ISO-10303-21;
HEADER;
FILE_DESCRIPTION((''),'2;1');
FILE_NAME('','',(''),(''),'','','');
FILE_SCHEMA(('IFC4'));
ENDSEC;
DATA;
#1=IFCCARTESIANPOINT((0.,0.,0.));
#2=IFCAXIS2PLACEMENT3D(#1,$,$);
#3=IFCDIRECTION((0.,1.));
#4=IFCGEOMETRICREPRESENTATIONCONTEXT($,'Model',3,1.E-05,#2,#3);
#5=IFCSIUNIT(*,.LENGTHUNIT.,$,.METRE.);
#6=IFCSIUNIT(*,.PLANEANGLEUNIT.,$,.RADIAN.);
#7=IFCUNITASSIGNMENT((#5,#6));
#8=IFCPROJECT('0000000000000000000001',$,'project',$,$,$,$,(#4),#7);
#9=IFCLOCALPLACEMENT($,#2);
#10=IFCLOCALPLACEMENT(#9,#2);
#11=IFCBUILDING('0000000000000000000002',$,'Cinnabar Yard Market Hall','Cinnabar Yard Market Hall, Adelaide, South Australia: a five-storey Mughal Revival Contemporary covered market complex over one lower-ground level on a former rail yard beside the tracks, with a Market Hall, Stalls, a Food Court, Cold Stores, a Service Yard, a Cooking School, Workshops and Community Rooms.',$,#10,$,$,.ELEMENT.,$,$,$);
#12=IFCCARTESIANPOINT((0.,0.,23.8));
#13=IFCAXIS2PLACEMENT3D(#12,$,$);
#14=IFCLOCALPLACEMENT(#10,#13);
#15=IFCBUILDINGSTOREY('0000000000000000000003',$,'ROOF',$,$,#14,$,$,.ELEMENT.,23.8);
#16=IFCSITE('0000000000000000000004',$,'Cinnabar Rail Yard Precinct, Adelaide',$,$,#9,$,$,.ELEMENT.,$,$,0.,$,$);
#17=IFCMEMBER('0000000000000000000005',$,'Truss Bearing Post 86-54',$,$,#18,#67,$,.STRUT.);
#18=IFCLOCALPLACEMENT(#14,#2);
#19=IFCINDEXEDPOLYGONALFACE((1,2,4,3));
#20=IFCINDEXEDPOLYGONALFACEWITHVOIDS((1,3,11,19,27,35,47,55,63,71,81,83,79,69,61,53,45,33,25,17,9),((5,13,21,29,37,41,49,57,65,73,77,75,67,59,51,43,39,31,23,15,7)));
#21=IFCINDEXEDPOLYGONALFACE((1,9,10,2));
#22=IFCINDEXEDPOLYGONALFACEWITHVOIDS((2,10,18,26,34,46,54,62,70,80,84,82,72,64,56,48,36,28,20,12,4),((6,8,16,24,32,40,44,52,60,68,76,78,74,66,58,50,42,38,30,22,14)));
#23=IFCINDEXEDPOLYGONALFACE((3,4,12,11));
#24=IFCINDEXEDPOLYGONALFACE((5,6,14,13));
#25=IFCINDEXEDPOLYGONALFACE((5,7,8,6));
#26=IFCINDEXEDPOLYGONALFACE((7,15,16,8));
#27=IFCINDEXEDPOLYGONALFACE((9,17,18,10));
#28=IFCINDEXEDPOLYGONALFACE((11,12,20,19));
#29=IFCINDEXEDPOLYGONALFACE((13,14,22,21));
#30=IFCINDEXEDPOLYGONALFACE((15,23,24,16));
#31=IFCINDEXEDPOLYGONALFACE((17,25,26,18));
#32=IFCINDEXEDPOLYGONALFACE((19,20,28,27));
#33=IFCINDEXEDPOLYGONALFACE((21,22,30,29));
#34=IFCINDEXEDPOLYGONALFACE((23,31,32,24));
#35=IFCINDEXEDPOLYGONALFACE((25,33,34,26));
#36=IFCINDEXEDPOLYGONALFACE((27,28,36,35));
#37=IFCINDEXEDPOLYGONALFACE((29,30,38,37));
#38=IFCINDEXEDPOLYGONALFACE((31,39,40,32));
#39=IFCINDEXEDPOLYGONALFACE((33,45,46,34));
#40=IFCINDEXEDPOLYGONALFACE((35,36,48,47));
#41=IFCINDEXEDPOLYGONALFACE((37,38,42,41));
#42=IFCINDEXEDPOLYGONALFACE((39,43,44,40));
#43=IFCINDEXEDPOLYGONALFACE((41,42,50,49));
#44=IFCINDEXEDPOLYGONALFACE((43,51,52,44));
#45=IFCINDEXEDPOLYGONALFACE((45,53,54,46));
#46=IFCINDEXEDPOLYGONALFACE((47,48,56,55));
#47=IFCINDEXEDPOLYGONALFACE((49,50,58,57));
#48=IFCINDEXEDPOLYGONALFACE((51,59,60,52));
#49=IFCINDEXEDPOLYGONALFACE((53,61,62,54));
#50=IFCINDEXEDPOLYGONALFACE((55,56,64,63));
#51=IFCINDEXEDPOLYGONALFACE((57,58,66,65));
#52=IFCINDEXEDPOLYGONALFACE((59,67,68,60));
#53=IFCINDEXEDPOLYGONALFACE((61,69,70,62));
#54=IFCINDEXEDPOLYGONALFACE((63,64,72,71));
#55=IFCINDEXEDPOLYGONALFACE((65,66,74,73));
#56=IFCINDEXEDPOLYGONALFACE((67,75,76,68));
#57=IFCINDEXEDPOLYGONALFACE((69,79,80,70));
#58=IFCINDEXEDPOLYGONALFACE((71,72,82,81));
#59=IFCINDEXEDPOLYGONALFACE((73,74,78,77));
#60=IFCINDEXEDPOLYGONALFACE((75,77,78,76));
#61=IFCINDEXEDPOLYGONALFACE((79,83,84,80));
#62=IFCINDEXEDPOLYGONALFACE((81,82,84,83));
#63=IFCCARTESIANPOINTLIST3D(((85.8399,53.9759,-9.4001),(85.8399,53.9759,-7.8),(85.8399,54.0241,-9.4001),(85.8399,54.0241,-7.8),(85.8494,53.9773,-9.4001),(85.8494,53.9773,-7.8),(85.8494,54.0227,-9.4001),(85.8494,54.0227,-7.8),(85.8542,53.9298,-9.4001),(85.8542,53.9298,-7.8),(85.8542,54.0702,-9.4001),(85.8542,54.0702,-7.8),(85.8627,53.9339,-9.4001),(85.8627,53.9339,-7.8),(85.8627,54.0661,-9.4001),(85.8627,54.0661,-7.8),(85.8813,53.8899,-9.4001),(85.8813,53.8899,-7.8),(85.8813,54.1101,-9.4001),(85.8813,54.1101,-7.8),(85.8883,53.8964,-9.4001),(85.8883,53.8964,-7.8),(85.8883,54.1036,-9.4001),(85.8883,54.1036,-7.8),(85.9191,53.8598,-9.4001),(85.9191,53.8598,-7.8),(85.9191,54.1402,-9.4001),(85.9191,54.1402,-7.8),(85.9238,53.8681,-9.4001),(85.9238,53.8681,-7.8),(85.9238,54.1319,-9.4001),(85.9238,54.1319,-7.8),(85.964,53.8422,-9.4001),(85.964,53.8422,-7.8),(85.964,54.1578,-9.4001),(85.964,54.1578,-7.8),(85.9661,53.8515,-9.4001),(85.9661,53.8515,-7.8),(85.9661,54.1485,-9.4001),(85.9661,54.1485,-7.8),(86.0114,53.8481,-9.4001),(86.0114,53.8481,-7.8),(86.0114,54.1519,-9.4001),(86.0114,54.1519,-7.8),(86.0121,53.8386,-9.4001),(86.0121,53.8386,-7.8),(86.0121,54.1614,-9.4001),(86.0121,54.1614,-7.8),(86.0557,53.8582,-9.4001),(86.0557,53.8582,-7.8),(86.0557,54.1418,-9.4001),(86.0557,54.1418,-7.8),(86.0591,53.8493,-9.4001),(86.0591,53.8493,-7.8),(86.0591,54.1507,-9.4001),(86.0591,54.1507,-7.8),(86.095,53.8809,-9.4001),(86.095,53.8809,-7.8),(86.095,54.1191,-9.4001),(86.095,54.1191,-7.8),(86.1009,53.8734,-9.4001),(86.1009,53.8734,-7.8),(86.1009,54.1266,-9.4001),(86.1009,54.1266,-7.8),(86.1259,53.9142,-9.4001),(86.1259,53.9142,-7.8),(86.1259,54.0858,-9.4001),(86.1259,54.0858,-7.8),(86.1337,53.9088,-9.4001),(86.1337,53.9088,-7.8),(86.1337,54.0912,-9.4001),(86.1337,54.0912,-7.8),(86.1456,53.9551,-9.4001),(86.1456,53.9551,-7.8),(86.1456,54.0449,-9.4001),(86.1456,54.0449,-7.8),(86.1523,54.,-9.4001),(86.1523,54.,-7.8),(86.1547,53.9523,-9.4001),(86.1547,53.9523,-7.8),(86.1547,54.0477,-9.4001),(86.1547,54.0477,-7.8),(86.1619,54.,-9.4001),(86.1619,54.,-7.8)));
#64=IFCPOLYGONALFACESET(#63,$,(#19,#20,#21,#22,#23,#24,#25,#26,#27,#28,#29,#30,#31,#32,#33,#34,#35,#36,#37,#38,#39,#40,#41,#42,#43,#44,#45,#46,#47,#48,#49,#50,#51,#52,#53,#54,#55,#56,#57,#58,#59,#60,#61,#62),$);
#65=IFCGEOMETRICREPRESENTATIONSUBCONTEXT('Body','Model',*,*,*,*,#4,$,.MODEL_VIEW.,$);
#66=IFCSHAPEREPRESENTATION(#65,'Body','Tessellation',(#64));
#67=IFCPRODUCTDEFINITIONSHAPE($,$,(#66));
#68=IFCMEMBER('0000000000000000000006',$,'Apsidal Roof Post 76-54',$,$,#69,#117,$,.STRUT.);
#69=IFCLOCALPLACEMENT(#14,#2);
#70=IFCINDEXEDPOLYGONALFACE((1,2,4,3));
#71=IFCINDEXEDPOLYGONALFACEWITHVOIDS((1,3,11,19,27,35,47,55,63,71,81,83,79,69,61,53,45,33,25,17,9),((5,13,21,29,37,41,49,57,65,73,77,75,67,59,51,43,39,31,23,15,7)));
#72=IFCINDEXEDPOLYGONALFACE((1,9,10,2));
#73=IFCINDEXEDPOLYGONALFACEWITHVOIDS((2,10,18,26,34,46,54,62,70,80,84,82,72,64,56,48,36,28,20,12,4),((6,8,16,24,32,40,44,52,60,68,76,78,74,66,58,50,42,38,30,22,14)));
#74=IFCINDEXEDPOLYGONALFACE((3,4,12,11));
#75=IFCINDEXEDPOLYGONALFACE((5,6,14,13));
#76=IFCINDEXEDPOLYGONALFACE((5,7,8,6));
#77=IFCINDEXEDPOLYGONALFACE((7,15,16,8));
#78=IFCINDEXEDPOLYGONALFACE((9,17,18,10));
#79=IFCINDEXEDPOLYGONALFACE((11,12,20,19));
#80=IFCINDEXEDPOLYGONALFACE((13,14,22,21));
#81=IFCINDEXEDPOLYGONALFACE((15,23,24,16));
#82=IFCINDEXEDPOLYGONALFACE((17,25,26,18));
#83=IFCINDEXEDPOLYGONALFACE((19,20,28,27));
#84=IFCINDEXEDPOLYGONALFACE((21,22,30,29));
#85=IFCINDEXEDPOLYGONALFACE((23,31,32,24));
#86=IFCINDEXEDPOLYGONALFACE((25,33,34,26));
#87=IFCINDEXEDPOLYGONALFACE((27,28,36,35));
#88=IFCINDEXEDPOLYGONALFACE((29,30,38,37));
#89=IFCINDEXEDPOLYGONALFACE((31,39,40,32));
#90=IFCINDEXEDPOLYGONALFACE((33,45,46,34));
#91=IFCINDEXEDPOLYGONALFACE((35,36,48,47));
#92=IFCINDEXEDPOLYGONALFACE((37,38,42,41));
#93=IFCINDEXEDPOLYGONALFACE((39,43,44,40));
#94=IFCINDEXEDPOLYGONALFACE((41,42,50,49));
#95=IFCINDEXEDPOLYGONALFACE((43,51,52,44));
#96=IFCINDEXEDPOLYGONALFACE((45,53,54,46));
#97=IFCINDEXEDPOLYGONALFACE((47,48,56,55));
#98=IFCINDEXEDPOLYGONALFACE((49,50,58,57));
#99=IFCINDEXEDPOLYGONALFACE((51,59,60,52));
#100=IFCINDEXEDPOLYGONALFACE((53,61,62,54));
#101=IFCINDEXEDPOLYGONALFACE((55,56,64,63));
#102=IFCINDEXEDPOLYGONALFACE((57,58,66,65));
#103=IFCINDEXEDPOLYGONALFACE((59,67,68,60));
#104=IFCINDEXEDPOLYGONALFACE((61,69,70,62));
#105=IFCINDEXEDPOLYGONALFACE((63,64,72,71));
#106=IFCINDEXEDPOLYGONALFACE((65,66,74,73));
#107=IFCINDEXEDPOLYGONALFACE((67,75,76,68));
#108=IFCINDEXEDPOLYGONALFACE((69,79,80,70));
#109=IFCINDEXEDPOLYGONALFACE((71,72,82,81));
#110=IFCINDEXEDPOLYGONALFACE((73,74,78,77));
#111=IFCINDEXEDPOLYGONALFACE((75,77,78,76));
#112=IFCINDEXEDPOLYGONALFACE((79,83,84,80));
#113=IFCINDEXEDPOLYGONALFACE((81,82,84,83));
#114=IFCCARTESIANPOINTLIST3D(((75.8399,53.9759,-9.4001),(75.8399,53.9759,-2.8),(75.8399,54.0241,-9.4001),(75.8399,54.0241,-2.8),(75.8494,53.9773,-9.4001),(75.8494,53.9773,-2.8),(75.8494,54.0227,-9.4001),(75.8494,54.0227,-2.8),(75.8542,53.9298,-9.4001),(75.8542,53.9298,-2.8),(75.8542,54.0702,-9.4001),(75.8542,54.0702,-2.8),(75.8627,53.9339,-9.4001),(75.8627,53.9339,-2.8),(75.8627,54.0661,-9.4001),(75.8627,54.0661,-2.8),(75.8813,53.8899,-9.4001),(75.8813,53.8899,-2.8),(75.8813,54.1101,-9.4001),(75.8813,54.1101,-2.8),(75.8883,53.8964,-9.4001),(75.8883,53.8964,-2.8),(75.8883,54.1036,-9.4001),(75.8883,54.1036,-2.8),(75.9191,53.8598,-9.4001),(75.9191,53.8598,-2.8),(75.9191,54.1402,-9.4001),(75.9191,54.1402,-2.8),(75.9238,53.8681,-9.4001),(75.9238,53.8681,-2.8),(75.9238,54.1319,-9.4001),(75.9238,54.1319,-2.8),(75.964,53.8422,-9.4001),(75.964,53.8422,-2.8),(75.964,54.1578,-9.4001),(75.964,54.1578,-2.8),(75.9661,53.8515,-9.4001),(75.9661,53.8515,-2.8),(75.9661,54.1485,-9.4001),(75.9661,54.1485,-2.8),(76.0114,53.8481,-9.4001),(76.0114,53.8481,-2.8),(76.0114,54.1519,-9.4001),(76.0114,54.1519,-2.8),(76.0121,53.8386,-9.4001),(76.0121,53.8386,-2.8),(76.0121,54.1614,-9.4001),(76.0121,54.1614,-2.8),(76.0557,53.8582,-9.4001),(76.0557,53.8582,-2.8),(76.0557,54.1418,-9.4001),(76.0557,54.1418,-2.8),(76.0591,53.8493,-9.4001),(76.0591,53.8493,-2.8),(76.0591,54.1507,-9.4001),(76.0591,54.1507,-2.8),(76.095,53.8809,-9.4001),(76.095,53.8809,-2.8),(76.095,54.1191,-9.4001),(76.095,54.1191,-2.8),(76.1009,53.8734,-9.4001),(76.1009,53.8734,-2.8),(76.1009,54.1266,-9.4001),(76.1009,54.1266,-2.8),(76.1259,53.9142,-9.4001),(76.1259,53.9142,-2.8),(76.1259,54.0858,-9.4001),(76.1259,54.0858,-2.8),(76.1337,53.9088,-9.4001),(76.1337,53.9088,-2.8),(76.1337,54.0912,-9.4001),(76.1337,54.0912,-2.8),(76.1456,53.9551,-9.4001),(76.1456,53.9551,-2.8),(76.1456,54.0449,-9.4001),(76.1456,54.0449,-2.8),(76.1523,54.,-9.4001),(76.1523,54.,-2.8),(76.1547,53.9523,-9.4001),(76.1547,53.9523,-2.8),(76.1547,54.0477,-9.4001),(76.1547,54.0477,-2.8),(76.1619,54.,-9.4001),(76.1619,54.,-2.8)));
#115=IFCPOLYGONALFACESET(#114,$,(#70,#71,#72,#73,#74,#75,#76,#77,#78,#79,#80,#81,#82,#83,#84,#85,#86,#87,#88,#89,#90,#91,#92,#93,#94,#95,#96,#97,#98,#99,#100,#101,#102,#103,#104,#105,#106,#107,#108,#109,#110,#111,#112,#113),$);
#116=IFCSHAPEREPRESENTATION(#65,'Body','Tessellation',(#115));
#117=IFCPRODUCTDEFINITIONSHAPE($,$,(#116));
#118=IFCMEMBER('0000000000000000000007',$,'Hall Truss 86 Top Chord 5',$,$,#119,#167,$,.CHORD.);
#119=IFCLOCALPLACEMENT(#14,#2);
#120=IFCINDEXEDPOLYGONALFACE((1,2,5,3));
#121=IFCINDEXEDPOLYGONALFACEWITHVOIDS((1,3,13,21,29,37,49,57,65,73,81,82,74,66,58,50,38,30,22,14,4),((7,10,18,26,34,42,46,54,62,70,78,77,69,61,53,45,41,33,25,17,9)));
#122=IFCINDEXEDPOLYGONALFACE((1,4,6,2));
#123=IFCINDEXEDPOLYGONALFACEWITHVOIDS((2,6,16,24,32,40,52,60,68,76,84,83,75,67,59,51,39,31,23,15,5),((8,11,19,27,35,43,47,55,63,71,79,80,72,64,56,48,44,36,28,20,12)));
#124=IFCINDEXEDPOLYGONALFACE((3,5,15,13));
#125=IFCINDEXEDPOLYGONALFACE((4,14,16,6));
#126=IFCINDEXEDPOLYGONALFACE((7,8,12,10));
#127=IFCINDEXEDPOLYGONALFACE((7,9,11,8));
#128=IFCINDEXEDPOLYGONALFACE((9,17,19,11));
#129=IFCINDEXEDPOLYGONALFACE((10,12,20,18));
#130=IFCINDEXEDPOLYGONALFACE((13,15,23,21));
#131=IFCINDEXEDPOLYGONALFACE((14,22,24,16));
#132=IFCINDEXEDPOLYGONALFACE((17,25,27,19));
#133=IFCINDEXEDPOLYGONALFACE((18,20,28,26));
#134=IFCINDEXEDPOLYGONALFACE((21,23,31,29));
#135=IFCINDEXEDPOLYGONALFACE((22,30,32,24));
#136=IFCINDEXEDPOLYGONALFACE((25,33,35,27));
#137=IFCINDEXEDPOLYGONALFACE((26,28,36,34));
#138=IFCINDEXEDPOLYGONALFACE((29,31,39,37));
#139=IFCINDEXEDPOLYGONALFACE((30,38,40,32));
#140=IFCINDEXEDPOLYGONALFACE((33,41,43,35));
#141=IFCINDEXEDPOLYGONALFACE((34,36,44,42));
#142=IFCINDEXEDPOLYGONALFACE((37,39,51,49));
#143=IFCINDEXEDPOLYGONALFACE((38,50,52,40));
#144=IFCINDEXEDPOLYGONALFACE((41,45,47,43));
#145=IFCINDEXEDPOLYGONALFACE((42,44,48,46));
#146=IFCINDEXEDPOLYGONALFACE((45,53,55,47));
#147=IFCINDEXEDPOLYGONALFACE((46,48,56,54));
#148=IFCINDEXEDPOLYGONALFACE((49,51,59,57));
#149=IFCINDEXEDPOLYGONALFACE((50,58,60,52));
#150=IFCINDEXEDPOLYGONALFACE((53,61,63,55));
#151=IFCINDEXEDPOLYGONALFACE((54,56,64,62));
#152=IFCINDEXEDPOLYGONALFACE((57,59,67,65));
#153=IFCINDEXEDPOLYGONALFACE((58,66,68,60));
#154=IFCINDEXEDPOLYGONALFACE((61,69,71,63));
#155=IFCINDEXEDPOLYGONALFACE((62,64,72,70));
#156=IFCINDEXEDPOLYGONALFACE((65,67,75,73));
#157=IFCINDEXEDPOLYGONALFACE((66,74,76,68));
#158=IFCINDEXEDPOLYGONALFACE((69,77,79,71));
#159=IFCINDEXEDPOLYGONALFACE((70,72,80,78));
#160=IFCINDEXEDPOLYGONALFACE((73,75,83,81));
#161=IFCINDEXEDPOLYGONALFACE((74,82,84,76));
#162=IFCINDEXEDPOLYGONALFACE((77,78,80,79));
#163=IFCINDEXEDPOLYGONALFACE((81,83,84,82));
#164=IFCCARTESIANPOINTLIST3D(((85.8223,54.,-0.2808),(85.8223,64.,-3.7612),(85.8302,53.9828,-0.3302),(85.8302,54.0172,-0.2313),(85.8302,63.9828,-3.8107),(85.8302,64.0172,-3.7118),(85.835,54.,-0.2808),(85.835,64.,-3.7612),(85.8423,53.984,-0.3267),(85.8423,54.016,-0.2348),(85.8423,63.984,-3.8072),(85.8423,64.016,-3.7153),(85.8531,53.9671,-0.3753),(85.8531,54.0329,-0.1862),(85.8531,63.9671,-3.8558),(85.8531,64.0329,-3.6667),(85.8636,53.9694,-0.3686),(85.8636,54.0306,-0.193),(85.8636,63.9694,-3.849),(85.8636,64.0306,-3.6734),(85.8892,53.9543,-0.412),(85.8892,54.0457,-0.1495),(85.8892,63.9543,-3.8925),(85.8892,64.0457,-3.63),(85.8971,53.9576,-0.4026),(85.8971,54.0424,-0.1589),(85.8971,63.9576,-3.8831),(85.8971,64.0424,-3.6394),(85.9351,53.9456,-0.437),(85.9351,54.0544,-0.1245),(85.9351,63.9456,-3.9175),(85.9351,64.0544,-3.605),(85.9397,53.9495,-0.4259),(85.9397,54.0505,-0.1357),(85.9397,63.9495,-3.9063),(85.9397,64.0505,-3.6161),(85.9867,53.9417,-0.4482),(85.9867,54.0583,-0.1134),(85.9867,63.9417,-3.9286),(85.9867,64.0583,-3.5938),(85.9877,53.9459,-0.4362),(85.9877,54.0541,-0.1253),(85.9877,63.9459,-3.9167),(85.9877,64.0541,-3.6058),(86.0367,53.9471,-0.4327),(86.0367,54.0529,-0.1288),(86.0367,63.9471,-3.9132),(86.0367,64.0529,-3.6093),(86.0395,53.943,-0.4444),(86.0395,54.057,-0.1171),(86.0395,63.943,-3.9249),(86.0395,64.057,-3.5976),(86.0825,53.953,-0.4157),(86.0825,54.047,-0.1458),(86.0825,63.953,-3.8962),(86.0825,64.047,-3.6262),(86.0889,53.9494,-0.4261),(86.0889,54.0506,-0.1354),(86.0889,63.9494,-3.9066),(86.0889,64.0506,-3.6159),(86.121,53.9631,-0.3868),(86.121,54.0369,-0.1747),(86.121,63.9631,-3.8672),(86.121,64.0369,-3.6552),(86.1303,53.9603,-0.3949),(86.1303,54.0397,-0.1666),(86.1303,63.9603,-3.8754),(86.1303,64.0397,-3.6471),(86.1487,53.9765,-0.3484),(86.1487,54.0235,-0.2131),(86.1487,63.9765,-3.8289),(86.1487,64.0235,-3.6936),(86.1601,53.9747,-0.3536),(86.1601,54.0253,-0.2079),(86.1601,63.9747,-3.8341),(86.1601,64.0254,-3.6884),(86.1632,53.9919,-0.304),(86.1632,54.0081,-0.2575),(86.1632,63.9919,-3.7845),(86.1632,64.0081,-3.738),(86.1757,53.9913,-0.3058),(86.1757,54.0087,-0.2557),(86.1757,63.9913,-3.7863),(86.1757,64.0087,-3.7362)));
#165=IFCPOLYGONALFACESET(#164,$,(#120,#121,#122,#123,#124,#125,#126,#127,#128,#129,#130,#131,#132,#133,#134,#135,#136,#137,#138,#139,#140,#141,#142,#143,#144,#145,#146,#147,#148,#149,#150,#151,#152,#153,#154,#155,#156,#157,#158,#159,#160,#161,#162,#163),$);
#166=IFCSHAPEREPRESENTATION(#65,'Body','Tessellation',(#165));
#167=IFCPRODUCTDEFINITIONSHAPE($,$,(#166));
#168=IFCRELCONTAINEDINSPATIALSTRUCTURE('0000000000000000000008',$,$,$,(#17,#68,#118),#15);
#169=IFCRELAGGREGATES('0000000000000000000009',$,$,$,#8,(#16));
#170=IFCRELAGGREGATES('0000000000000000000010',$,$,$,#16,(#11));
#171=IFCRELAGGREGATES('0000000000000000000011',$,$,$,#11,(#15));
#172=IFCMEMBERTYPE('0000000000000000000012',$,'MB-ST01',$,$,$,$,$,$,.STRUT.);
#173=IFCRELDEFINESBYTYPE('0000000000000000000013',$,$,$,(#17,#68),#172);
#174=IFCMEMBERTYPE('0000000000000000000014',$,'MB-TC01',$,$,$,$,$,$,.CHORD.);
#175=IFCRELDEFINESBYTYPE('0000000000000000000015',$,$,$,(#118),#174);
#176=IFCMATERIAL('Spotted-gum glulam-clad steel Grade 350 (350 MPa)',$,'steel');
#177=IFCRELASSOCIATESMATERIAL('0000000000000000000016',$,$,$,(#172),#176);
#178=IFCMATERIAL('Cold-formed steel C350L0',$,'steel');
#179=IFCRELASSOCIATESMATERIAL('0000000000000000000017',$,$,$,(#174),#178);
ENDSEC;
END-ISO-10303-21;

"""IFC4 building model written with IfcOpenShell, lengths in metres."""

from ifc_helpers import new_model, si_unit, direction, frame, origin, origin_2d_with_axis, place, context, subcontext, project, spatial, hollow_circle, extrude, material, material_profile, profile_set, type_object, element, save


model = new_model("IFC4")

# Units and contexts
model_context = context("Model", 3, precision=1e-05, world=origin(), true_north=direction((0.0, 1.0)))
body_context = subcontext(model_context, "Body", "Model", "MODEL_VIEW")
ifc_project = project(units=[si_unit("LENGTHUNIT", "METRE"), si_unit("PLANEANGLEUNIT", "RADIAN")], contexts=[model_context])

# Site, building, storey
site_placement = place(None, origin())
site = spatial("IfcSite", under=ifc_project, at=site_placement, Name="Cinnabar Rail Yard Precinct, Adelaide", CompositionType="ELEMENT", RefElevation=0.0)
building_placement = place(site_placement, origin())
building = spatial("IfcBuilding", under=site, at=building_placement, Name="Cinnabar Yard Market Hall", Description="Cinnabar Yard Market Hall, Adelaide, South Australia: a five-storey Mughal Revival Contemporary covered market complex over one lower-ground level on a former rail yard beside the tracks, with a Market Hall, Stalls, a Food Court, Cold Stores, a Service Yard, a Cooking School, Workshops and Community Rooms.", CompositionType="ELEMENT")
storey_placement = place(building_placement, frame((0.0, 0.0, 23.8)))
storey = spatial("IfcBuildingStorey", under=building, at=storey_placement, Name="ROOF", CompositionType="ELEMENT", Elevation=23.8)

# Members
ifc_material_1 = material(Name="Cold-formed steel C350L0", Category="steel")
ifc_material_2 = material(Name="Spotted-gum glulam-clad steel Grade 350 (350 MPa)", Category="steel")
ifc_material_profile_1 = material_profile(ifc_material_2, hollow_circle(Radius=0.1619, WallThickness=0.0095, at=origin_2d_with_axis()), Name="323.9x9.5CHS")
ifc_profile_set_1 = profile_set([ifc_material_profile_1], Name="Spotted-gum glulam-clad steel Grade 350 (350 MPa)")
member_type_1 = type_object("IfcMemberType", Name="MB-ST01", PredefinedType="STRUT", material=ifc_profile_set_1)
member_1_placement = place(storey_placement, frame((86.0, 54.0, -9.4001), z_axis=(0.0, 0.0, 1.0), x_axis=(1.0, 0.0, 0.0)))
element("IfcMember", 1, at=member_1_placement, inside=storey, type_object=member_type_1, Name="Truss Bearing Post 86-54", PredefinedType="STRUT", context=body_context, shape_type="SweptSolid", body=[
    extrude(hollow_circle(Radius=0.1619, WallThickness=0.0095, at=origin_2d_with_axis()), origin(), (0.0, 0.0, 1.0), 1.6001),
])
member_2_placement = place(storey_placement, frame((76.0, 54.0, -9.4001), z_axis=(0.0, 0.0, 1.0), x_axis=(1.0, 0.0, 0.0)))
element("IfcMember", 2, at=member_2_placement, inside=storey, type_object=member_type_1, Name="Apsidal Roof Post 76-54", PredefinedType="STRUT", context=body_context, shape_type="SweptSolid", body=[
    extrude(hollow_circle(Radius=0.1619, WallThickness=0.0095, at=origin_2d_with_axis()), origin(), (0.0, 0.0, 1.0), 6.6001),
])
ifc_material_profile_2 = material_profile(ifc_material_1, hollow_circle(Radius=0.1777, WallThickness=0.0127, at=origin_2d_with_axis()), Name="355.6x12.7CHS")
ifc_profile_set_2 = profile_set([ifc_material_profile_2], Name="Cold-formed steel C350L0")
member_type_2 = type_object("IfcMemberType", Name="MB-TC01", PredefinedType="CHORD", material=ifc_profile_set_2)
member_3_placement = place(storey_placement, frame((86.0, 54.0, -0.2808), z_axis=(0.0, 0.944432, -0.328707), x_axis=(-1.0, 0.0, 0.0)))
element("IfcMember", 3, at=member_3_placement, inside=storey, type_object=member_type_2, Name="Hall Truss 86 Top Chord 5", PredefinedType="CHORD", context=body_context, shape_type="SweptSolid", body=[
    extrude(hollow_circle(Radius=0.1777, WallThickness=0.0127, at=origin_2d_with_axis()), origin(), (0.0, 0.0, 1.0), 10.5884),
])

save(model, "model.ifc")
